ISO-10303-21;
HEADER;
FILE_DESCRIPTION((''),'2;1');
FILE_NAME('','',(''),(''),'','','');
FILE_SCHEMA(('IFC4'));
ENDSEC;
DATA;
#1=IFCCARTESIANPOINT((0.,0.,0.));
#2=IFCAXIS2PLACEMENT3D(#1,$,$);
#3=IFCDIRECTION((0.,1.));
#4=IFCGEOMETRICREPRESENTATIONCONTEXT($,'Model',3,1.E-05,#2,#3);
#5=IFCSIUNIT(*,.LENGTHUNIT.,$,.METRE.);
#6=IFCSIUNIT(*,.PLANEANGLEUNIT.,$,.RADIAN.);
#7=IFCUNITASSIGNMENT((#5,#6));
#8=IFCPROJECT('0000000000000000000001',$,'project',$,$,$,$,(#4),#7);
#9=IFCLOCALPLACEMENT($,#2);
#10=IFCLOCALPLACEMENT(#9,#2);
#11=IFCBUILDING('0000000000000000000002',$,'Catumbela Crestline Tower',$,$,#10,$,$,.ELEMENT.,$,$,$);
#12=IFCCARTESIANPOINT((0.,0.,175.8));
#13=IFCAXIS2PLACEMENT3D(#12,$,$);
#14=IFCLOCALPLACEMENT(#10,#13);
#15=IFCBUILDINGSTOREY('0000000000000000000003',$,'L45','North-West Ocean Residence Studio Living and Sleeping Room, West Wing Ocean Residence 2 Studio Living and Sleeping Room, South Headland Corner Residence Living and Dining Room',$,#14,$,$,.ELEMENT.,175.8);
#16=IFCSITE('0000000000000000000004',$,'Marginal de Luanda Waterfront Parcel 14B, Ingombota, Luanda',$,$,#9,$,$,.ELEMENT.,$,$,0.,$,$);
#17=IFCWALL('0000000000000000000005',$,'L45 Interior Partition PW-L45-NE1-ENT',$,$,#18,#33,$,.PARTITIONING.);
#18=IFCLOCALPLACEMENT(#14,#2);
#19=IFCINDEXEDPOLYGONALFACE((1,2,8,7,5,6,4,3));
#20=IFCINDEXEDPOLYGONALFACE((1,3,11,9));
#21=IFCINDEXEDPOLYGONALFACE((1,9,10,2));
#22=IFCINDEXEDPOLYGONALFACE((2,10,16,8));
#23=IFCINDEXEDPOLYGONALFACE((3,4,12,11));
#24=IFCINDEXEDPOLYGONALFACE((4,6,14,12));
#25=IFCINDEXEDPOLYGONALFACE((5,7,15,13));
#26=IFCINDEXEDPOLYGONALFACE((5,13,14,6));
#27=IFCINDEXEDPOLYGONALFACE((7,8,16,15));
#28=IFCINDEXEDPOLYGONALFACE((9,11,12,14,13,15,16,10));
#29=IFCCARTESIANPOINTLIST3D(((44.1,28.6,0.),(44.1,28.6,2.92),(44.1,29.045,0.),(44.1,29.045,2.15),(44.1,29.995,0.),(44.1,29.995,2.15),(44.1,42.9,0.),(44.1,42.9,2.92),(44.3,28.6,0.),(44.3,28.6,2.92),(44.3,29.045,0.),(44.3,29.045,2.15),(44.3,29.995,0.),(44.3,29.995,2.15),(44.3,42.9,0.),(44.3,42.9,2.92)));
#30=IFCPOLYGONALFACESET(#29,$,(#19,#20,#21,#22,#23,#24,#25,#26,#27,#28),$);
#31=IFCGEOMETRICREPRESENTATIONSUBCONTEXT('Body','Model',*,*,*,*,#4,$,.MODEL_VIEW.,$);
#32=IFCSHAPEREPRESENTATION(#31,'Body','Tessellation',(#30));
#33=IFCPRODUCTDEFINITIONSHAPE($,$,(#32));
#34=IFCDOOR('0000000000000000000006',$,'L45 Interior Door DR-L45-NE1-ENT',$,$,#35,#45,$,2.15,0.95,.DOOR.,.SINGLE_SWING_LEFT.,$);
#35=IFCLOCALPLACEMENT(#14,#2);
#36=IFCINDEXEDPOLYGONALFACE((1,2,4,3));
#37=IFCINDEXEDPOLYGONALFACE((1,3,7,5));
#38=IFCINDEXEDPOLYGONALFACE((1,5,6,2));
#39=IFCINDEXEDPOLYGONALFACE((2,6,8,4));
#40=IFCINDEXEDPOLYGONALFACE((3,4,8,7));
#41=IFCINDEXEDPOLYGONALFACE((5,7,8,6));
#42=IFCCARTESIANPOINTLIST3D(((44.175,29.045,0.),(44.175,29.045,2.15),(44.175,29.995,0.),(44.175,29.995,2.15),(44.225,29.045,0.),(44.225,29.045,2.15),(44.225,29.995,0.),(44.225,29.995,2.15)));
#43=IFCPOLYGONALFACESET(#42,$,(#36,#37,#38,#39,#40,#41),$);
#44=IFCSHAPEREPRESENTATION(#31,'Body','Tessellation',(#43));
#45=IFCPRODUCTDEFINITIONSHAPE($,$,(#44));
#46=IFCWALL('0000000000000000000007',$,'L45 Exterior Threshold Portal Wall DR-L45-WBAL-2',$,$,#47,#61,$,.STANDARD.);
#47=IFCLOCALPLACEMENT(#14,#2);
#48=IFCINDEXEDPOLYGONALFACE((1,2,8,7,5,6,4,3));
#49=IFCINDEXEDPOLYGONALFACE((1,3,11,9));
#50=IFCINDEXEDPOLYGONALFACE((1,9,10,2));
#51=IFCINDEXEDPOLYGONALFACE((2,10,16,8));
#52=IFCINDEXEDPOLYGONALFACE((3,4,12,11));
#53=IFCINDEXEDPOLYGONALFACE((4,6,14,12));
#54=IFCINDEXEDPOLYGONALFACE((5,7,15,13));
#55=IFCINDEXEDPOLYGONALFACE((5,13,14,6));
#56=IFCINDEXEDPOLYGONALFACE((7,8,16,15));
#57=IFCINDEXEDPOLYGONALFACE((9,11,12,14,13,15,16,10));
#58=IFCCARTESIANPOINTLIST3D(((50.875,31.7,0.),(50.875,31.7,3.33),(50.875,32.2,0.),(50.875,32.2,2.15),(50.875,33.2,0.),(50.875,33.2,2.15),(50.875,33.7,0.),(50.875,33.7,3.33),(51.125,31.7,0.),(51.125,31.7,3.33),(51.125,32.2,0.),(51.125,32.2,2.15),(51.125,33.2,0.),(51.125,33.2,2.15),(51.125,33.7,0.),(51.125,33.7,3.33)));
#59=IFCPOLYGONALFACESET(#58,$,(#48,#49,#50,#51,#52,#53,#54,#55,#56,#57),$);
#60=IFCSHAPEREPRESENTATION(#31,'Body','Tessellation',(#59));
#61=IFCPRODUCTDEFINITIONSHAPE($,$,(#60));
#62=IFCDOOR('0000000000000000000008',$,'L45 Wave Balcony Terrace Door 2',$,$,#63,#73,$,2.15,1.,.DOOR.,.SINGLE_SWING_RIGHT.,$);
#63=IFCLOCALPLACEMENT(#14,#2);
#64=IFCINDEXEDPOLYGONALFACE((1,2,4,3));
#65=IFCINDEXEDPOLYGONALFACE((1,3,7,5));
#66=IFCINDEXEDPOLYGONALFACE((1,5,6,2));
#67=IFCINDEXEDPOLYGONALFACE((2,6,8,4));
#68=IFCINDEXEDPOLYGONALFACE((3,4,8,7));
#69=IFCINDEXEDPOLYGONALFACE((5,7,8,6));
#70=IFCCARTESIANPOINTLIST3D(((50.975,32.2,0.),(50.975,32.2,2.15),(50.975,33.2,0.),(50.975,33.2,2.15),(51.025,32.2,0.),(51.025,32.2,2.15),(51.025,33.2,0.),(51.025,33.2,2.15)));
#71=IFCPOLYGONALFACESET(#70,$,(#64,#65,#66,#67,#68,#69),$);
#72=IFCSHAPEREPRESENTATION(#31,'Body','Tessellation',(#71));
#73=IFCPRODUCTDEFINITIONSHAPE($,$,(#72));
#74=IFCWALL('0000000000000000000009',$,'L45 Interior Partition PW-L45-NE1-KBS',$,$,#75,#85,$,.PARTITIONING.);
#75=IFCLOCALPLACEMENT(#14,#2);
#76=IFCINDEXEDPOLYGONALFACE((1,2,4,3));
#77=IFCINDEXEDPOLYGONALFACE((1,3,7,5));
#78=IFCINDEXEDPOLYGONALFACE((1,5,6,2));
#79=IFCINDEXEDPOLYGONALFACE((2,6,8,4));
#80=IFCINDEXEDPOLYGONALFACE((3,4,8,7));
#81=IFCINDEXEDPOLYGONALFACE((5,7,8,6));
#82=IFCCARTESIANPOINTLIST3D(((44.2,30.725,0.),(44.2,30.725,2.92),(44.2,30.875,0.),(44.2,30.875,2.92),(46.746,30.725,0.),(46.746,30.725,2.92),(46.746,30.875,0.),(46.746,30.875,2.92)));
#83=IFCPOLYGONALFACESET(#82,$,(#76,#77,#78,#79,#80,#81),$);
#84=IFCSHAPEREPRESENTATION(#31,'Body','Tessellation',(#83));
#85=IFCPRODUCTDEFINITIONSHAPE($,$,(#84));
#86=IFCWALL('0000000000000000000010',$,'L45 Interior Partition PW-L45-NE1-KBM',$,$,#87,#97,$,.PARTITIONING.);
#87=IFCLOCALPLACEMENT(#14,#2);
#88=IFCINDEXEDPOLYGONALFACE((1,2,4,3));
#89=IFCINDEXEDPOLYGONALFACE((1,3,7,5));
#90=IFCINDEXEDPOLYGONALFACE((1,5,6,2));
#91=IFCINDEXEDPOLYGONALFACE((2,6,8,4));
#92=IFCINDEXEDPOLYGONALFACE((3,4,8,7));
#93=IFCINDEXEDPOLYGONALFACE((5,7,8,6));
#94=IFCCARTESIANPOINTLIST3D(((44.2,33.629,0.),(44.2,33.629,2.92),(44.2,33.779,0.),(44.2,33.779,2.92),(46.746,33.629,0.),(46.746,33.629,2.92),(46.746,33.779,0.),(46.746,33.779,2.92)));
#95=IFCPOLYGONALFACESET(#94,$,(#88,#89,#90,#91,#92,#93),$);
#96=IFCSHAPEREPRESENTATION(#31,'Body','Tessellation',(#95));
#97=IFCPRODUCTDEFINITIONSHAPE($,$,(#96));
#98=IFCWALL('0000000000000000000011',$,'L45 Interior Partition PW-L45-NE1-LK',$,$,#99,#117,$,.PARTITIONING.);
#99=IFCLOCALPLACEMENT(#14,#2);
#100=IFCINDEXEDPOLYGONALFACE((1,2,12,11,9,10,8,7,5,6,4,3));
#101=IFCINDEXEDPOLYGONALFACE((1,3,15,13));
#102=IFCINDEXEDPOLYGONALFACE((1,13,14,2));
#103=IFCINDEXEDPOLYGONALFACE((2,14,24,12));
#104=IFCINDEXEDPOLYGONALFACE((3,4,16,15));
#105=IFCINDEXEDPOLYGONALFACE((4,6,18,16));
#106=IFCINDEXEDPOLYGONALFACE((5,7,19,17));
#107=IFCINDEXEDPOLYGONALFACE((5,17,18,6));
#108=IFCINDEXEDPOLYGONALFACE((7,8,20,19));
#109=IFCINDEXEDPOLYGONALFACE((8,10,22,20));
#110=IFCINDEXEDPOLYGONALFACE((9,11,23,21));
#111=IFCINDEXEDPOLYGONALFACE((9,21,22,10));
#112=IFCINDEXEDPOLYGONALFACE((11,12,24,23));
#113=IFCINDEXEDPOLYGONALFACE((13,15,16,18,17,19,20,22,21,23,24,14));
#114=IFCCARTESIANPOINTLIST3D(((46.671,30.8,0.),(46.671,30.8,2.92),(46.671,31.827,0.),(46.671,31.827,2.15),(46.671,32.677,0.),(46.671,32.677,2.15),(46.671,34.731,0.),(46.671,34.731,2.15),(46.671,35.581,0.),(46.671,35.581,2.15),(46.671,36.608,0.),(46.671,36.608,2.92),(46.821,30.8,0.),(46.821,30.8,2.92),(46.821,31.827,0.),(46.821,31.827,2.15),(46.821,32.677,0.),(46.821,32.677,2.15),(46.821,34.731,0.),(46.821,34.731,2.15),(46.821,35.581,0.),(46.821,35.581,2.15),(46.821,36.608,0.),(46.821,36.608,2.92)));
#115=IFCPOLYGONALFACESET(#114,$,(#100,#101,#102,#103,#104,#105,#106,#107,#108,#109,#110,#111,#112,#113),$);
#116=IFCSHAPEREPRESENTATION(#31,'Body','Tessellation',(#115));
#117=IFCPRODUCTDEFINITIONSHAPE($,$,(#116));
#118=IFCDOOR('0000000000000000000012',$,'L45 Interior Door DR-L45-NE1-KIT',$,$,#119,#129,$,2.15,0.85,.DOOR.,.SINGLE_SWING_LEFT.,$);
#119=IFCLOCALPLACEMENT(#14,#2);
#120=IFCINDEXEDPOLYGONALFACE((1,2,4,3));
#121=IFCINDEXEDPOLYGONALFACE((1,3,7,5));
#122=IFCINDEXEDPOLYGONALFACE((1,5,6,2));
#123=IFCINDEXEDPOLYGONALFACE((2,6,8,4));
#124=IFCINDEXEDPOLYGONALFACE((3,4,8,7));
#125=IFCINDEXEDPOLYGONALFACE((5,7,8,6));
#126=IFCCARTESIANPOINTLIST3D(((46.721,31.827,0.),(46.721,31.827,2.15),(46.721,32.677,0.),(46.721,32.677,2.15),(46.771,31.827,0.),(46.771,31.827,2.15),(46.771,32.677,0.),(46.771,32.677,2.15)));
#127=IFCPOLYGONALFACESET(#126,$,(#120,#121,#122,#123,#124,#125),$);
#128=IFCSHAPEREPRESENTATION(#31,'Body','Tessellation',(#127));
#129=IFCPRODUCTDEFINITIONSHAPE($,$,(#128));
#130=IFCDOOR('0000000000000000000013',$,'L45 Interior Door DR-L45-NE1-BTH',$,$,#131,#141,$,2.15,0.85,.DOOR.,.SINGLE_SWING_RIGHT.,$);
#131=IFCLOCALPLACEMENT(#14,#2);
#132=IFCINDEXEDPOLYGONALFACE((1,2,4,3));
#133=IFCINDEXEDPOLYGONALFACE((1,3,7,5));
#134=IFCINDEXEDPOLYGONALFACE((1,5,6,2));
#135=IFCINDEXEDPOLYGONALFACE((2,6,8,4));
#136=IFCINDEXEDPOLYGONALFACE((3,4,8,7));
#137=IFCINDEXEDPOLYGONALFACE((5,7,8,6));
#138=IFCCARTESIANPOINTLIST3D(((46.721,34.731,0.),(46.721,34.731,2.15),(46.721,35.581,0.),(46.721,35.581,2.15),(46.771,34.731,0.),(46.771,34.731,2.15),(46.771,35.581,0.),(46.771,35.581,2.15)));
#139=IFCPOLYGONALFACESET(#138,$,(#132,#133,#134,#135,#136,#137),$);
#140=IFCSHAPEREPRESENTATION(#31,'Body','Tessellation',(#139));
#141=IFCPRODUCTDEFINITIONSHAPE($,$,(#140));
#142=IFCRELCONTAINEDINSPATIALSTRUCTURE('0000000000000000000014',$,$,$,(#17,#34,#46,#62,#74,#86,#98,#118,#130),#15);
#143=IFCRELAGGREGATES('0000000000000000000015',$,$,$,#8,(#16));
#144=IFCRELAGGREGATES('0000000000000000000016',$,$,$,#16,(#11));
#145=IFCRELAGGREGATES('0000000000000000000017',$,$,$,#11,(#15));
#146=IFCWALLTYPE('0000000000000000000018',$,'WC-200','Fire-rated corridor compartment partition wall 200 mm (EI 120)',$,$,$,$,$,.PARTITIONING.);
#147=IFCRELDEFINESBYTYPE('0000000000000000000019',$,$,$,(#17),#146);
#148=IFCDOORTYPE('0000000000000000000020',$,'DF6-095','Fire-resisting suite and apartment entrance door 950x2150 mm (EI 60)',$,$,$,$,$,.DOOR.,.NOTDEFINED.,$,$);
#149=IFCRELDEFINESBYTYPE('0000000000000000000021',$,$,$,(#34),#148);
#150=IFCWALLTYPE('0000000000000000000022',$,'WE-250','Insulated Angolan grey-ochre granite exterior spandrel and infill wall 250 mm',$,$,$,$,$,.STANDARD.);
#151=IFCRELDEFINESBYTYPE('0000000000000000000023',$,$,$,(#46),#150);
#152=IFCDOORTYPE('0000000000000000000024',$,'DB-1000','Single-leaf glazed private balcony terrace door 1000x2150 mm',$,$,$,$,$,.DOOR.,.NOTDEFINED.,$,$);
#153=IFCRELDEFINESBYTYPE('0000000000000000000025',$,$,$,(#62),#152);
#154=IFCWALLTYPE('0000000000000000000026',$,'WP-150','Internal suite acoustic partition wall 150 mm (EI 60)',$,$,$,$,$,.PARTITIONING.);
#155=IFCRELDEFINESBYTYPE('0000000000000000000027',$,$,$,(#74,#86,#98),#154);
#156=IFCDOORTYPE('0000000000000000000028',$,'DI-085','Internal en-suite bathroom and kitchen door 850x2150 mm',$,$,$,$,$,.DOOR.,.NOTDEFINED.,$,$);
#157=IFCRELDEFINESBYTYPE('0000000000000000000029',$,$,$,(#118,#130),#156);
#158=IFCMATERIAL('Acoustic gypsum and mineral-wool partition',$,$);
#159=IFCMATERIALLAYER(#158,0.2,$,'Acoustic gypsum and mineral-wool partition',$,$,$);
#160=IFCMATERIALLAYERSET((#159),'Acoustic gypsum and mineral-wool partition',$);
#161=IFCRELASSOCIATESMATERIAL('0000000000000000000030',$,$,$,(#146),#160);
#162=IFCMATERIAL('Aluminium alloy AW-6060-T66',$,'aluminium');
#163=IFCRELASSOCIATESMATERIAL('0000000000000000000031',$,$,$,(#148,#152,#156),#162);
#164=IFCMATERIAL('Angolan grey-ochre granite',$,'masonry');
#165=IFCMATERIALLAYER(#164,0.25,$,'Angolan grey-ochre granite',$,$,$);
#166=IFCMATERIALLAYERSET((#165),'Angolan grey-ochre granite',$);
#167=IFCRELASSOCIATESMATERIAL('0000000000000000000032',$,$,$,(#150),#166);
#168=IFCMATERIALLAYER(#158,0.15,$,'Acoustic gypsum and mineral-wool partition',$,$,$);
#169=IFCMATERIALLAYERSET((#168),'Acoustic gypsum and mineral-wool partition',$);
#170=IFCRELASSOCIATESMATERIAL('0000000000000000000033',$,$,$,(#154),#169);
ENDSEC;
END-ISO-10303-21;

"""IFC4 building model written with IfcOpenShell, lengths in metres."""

from ifc_helpers import new_model, si_unit, direction, frame, frame_2d, origin, place, context, subcontext, project, spatial, rectangle, extrude, material, layer, layer_set, type_object, element, fill, save


model = new_model("IFC4")

# Units and contexts
model_context = context("Model", 3, precision=1e-05, world=origin(), true_north=direction((0.0, 1.0)))
body_context = subcontext(model_context, "Body", "Model", "MODEL_VIEW")
ifc_project = project(units=[si_unit("LENGTHUNIT", "METRE"), si_unit("PLANEANGLEUNIT", "RADIAN")], contexts=[model_context])

# Site, building, storey
site_placement = place(None, origin())
site = spatial("IfcSite", under=ifc_project, at=site_placement, Name="Marginal de Luanda Waterfront Parcel 14B, Ingombota, Luanda", CompositionType="ELEMENT", RefElevation=0.0)
building_placement = place(site_placement, origin())
building = spatial("IfcBuilding", under=site, at=building_placement, Name="Catumbela Crestline Tower", CompositionType="ELEMENT")
storey_placement = place(building_placement, frame((0.0, 0.0, 175.8)))
storey = spatial("IfcBuildingStorey", under=building, at=storey_placement, Name="L45", Description="North-West Ocean Residence Studio Living and Sleeping Room, West Wing Ocean Residence 2 Studio Living and Sleeping Room, South Headland Corner Residence Living and Dining Room", CompositionType="ELEMENT", Elevation=175.8)

# Shared definitions
ifc_material_1 = material(Name="Aluminium alloy AW-6060-T66", Category="aluminium")

# Walls, openings, doors
ifc_material_2 = material(Name="Acoustic gypsum and mineral-wool partition")
ifc_layer_1 = layer(ifc_material_2, 0.2, Name="Acoustic gypsum and mineral-wool partition")
ifc_layer_set_1 = layer_set([ifc_layer_1], Name="Acoustic gypsum and mineral-wool partition")
wall_type_1 = type_object("IfcWallType", Name="WC-200", Description="Fire-rated corridor compartment partition wall 200 mm (EI 120)", PredefinedType="PARTITIONING", material=ifc_layer_set_1)
wall_1_placement = place(storey_placement, frame((44.2, 28.6, 0.0), z_axis=(0.0, 0.0, 1.0), x_axis=(0.0, 1.0, 0.0)))
wall_1 = element("IfcWall", 1, at=wall_1_placement, inside=storey, type_object=wall_type_1, Name="L45 Interior Partition PW-L45-NE1-ENT", PredefinedType="PARTITIONING", context=body_context, shape_type="SweptSolid", body=[
    extrude(rectangle(XDim=14.3, YDim=0.2, at=frame_2d((7.15, 0.0))), origin(), (0.0, 0.0, 1.0), 2.92),
])
opening_1_placement = place(wall_1_placement, frame((0.445, 0.0, 0.0)))
opening_1 = element("IfcOpeningElement", 2, at=opening_1_placement, cuts=wall_1, PredefinedType="OPENING", context=body_context, shape_type="SweptSolid", body=[
    extrude(rectangle(XDim=0.95, YDim=2.15, at=frame_2d((0.475, 1.075))), frame((0.0, 0.11, 0.0), z_axis=(0.0, -1.0, 0.0), x_axis=(1.0, 0.0, 0.0)), (0.0, 0.0, 1.0), 0.22),
])
door_type_1 = type_object("IfcDoorType", Name="DF6-095", Description="Fire-resisting suite and apartment entrance door 950x2150 mm (EI 60)", OperationType="NOTDEFINED", PredefinedType="DOOR", material=ifc_material_1)
door_1_placement = place(opening_1_placement, origin())
door_1 = element("IfcDoor", 3, at=door_1_placement, inside=storey, type_object=door_type_1, Name="L45 Interior Door DR-L45-NE1-ENT", OperationType="SINGLE_SWING_LEFT", OverallHeight=2.15, OverallWidth=0.95, PredefinedType="DOOR", context=body_context, shape_type="SweptSolid", body=[
    extrude(rectangle(XDim=0.95, YDim=2.15, at=frame_2d((0.475, 1.075))), frame((0.0, 0.025, 0.0), z_axis=(0.0, -1.0, 0.0), x_axis=(1.0, 0.0, 0.0)), (0.0, 0.0, 1.0), 0.05),
])
fill(opening_1, door_1)
ifc_material_3 = material(Name="Angolan grey-ochre granite", Category="masonry")
ifc_layer_2 = layer(ifc_material_3, 0.25, Name="Angolan grey-ochre granite")
ifc_layer_set_2 = layer_set([ifc_layer_2], Name="Angolan grey-ochre granite")
wall_type_2 = type_object("IfcWallType", Name="WE-250", Description="Insulated Angolan grey-ochre granite exterior spandrel and infill wall 250 mm", PredefinedType="STANDARD", material=ifc_layer_set_2)
wall_2_placement = place(storey_placement, frame((51.0, 31.7, 0.0), z_axis=(0.0, 0.0, 1.0), x_axis=(0.0, 1.0, 0.0)))
wall_2 = element("IfcWall", 4, at=wall_2_placement, inside=storey, type_object=wall_type_2, Name="L45 Exterior Threshold Portal Wall DR-L45-WBAL-2", PredefinedType="STANDARD", context=body_context, shape_type="SweptSolid", body=[
    extrude(rectangle(XDim=2.0, YDim=0.25, at=frame_2d((1.0, 0.0))), origin(), (0.0, 0.0, 1.0), 3.33),
])
opening_2_placement = place(wall_2_placement, frame((0.5, 0.0, 0.0)))
opening_2 = element("IfcOpeningElement", 5, at=opening_2_placement, cuts=wall_2, PredefinedType="OPENING", context=body_context, shape_type="SweptSolid", body=[
    extrude(rectangle(XDim=1.0, YDim=2.15, at=frame_2d((0.5, 1.075))), frame((0.0, 0.135, 0.0), z_axis=(0.0, -1.0, 0.0), x_axis=(1.0, 0.0, 0.0)), (0.0, 0.0, 1.0), 0.27),
])
door_type_2 = type_object("IfcDoorType", Name="DB-1000", Description="Single-leaf glazed private balcony terrace door 1000x2150 mm", OperationType="NOTDEFINED", PredefinedType="DOOR", material=ifc_material_1)
door_2_placement = place(opening_2_placement, origin())
door_2 = element("IfcDoor", 6, at=door_2_placement, inside=storey, type_object=door_type_2, Name="L45 Wave Balcony Terrace Door 2", OperationType="SINGLE_SWING_RIGHT", OverallHeight=2.15, OverallWidth=1.0, PredefinedType="DOOR", context=body_context, shape_type="SweptSolid", body=[
    extrude(rectangle(XDim=1.0, YDim=2.15, at=frame_2d((0.5, 1.075))), frame((0.0, 0.025, 0.0), z_axis=(0.0, -1.0, 0.0), x_axis=(1.0, 0.0, 0.0)), (0.0, 0.0, 1.0), 0.05),
])
fill(opening_2, door_2)

# Walls
ifc_layer_3 = layer(ifc_material_2, 0.15, Name="Acoustic gypsum and mineral-wool partition")
ifc_layer_set_3 = layer_set([ifc_layer_3], Name="Acoustic gypsum and mineral-wool partition")
wall_type_3 = type_object("IfcWallType", Name="WP-150", Description="Internal suite acoustic partition wall 150 mm (EI 60)", PredefinedType="PARTITIONING", material=ifc_layer_set_3)
for number, where, z_axis, x_axis, name in (
    (7, (44.2, 30.8, 0.0), (0.0, 0.0, 1.0), (1.0, 0.0, 0.0), "L45 Interior Partition PW-L45-NE1-KBS"),
    (8, (44.2, 33.704, 0.0), (0.0, 0.0, 1.0), (1.0, 0.0, 0.0), "L45 Interior Partition PW-L45-NE1-KBM"),
):
    element("IfcWall", number, at=place(storey_placement, frame(where, z_axis=z_axis, x_axis=x_axis)), inside=storey, type_object=wall_type_3, Name=name, PredefinedType="PARTITIONING", context=body_context, shape_type="SweptSolid", body=[
        extrude(rectangle(XDim=2.546, YDim=0.15, at=frame_2d((1.273, 0.0))), origin(), (0.0, 0.0, 1.0), 2.92),
    ])

# Wall, openings, doors
wall_3_placement = place(storey_placement, frame((46.746, 30.8, 0.0), z_axis=(0.0, 0.0, 1.0), x_axis=(0.0, 1.0, 0.0)))
wall_3 = element("IfcWall", 9, at=wall_3_placement, inside=storey, type_object=wall_type_3, Name="L45 Interior Partition PW-L45-NE1-LK", PredefinedType="PARTITIONING", context=body_context, shape_type="SweptSolid", body=[
    extrude(rectangle(XDim=5.808, YDim=0.15, at=frame_2d((2.904, 0.0))), origin(), (0.0, 0.0, 1.0), 2.92),
])
opening_3_placement = place(wall_3_placement, frame((1.027, 0.0, 0.0)))
opening_3 = element("IfcOpeningElement", 10, at=opening_3_placement, cuts=wall_3, PredefinedType="OPENING", context=body_context, shape_type="SweptSolid", body=[
    extrude(rectangle(XDim=0.85, YDim=2.15, at=frame_2d((0.425, 1.075))), frame((0.0, 0.085, 0.0), z_axis=(0.0, -1.0, 0.0), x_axis=(1.0, 0.0, 0.0)), (0.0, 0.0, 1.0), 0.17),
])
opening_4_placement = place(wall_3_placement, frame((3.931, 0.0, 0.0)))
opening_4 = element("IfcOpeningElement", 11, at=opening_4_placement, cuts=wall_3, PredefinedType="OPENING", context=body_context, shape_type="SweptSolid", body=[
    extrude(rectangle(XDim=0.85, YDim=2.15, at=frame_2d((0.425, 1.075))), frame((0.0, 0.085, 0.0), z_axis=(0.0, -1.0, 0.0), x_axis=(1.0, 0.0, 0.0)), (0.0, 0.0, 1.0), 0.17),
])
door_type_3 = type_object("IfcDoorType", Name="DI-085", Description="Internal en-suite bathroom and kitchen door 850x2150 mm", OperationType="NOTDEFINED", PredefinedType="DOOR", material=ifc_material_1)
door_3_placement = place(opening_3_placement, origin())
door_3 = element("IfcDoor", 12, at=door_3_placement, inside=storey, type_object=door_type_3, Name="L45 Interior Door DR-L45-NE1-KIT", OperationType="SINGLE_SWING_LEFT", OverallHeight=2.15, OverallWidth=0.85, PredefinedType="DOOR", context=body_context, shape_type="SweptSolid", body=[
    extrude(rectangle(XDim=0.85, YDim=2.15, at=frame_2d((0.425, 1.075))), frame((0.0, 0.025, 0.0), z_axis=(0.0, -1.0, 0.0), x_axis=(1.0, 0.0, 0.0)), (0.0, 0.0, 1.0), 0.05),
])
fill(opening_3, door_3)
door_4_placement = place(opening_4_placement, origin())
door_4 = element("IfcDoor", 13, at=door_4_placement, inside=storey, type_object=door_type_3, Name="L45 Interior Door DR-L45-NE1-BTH", OperationType="SINGLE_SWING_RIGHT", OverallHeight=2.15, OverallWidth=0.85, PredefinedType="DOOR", context=body_context, shape_type="SweptSolid", body=[
    extrude(rectangle(XDim=0.85, YDim=2.15, at=frame_2d((0.425, 1.075))), frame((0.0, 0.025, 0.0), z_axis=(0.0, -1.0, 0.0), x_axis=(1.0, 0.0, 0.0)), (0.0, 0.0, 1.0), 0.05),
])
fill(opening_4, door_4)

save(model, "model.ifc")
